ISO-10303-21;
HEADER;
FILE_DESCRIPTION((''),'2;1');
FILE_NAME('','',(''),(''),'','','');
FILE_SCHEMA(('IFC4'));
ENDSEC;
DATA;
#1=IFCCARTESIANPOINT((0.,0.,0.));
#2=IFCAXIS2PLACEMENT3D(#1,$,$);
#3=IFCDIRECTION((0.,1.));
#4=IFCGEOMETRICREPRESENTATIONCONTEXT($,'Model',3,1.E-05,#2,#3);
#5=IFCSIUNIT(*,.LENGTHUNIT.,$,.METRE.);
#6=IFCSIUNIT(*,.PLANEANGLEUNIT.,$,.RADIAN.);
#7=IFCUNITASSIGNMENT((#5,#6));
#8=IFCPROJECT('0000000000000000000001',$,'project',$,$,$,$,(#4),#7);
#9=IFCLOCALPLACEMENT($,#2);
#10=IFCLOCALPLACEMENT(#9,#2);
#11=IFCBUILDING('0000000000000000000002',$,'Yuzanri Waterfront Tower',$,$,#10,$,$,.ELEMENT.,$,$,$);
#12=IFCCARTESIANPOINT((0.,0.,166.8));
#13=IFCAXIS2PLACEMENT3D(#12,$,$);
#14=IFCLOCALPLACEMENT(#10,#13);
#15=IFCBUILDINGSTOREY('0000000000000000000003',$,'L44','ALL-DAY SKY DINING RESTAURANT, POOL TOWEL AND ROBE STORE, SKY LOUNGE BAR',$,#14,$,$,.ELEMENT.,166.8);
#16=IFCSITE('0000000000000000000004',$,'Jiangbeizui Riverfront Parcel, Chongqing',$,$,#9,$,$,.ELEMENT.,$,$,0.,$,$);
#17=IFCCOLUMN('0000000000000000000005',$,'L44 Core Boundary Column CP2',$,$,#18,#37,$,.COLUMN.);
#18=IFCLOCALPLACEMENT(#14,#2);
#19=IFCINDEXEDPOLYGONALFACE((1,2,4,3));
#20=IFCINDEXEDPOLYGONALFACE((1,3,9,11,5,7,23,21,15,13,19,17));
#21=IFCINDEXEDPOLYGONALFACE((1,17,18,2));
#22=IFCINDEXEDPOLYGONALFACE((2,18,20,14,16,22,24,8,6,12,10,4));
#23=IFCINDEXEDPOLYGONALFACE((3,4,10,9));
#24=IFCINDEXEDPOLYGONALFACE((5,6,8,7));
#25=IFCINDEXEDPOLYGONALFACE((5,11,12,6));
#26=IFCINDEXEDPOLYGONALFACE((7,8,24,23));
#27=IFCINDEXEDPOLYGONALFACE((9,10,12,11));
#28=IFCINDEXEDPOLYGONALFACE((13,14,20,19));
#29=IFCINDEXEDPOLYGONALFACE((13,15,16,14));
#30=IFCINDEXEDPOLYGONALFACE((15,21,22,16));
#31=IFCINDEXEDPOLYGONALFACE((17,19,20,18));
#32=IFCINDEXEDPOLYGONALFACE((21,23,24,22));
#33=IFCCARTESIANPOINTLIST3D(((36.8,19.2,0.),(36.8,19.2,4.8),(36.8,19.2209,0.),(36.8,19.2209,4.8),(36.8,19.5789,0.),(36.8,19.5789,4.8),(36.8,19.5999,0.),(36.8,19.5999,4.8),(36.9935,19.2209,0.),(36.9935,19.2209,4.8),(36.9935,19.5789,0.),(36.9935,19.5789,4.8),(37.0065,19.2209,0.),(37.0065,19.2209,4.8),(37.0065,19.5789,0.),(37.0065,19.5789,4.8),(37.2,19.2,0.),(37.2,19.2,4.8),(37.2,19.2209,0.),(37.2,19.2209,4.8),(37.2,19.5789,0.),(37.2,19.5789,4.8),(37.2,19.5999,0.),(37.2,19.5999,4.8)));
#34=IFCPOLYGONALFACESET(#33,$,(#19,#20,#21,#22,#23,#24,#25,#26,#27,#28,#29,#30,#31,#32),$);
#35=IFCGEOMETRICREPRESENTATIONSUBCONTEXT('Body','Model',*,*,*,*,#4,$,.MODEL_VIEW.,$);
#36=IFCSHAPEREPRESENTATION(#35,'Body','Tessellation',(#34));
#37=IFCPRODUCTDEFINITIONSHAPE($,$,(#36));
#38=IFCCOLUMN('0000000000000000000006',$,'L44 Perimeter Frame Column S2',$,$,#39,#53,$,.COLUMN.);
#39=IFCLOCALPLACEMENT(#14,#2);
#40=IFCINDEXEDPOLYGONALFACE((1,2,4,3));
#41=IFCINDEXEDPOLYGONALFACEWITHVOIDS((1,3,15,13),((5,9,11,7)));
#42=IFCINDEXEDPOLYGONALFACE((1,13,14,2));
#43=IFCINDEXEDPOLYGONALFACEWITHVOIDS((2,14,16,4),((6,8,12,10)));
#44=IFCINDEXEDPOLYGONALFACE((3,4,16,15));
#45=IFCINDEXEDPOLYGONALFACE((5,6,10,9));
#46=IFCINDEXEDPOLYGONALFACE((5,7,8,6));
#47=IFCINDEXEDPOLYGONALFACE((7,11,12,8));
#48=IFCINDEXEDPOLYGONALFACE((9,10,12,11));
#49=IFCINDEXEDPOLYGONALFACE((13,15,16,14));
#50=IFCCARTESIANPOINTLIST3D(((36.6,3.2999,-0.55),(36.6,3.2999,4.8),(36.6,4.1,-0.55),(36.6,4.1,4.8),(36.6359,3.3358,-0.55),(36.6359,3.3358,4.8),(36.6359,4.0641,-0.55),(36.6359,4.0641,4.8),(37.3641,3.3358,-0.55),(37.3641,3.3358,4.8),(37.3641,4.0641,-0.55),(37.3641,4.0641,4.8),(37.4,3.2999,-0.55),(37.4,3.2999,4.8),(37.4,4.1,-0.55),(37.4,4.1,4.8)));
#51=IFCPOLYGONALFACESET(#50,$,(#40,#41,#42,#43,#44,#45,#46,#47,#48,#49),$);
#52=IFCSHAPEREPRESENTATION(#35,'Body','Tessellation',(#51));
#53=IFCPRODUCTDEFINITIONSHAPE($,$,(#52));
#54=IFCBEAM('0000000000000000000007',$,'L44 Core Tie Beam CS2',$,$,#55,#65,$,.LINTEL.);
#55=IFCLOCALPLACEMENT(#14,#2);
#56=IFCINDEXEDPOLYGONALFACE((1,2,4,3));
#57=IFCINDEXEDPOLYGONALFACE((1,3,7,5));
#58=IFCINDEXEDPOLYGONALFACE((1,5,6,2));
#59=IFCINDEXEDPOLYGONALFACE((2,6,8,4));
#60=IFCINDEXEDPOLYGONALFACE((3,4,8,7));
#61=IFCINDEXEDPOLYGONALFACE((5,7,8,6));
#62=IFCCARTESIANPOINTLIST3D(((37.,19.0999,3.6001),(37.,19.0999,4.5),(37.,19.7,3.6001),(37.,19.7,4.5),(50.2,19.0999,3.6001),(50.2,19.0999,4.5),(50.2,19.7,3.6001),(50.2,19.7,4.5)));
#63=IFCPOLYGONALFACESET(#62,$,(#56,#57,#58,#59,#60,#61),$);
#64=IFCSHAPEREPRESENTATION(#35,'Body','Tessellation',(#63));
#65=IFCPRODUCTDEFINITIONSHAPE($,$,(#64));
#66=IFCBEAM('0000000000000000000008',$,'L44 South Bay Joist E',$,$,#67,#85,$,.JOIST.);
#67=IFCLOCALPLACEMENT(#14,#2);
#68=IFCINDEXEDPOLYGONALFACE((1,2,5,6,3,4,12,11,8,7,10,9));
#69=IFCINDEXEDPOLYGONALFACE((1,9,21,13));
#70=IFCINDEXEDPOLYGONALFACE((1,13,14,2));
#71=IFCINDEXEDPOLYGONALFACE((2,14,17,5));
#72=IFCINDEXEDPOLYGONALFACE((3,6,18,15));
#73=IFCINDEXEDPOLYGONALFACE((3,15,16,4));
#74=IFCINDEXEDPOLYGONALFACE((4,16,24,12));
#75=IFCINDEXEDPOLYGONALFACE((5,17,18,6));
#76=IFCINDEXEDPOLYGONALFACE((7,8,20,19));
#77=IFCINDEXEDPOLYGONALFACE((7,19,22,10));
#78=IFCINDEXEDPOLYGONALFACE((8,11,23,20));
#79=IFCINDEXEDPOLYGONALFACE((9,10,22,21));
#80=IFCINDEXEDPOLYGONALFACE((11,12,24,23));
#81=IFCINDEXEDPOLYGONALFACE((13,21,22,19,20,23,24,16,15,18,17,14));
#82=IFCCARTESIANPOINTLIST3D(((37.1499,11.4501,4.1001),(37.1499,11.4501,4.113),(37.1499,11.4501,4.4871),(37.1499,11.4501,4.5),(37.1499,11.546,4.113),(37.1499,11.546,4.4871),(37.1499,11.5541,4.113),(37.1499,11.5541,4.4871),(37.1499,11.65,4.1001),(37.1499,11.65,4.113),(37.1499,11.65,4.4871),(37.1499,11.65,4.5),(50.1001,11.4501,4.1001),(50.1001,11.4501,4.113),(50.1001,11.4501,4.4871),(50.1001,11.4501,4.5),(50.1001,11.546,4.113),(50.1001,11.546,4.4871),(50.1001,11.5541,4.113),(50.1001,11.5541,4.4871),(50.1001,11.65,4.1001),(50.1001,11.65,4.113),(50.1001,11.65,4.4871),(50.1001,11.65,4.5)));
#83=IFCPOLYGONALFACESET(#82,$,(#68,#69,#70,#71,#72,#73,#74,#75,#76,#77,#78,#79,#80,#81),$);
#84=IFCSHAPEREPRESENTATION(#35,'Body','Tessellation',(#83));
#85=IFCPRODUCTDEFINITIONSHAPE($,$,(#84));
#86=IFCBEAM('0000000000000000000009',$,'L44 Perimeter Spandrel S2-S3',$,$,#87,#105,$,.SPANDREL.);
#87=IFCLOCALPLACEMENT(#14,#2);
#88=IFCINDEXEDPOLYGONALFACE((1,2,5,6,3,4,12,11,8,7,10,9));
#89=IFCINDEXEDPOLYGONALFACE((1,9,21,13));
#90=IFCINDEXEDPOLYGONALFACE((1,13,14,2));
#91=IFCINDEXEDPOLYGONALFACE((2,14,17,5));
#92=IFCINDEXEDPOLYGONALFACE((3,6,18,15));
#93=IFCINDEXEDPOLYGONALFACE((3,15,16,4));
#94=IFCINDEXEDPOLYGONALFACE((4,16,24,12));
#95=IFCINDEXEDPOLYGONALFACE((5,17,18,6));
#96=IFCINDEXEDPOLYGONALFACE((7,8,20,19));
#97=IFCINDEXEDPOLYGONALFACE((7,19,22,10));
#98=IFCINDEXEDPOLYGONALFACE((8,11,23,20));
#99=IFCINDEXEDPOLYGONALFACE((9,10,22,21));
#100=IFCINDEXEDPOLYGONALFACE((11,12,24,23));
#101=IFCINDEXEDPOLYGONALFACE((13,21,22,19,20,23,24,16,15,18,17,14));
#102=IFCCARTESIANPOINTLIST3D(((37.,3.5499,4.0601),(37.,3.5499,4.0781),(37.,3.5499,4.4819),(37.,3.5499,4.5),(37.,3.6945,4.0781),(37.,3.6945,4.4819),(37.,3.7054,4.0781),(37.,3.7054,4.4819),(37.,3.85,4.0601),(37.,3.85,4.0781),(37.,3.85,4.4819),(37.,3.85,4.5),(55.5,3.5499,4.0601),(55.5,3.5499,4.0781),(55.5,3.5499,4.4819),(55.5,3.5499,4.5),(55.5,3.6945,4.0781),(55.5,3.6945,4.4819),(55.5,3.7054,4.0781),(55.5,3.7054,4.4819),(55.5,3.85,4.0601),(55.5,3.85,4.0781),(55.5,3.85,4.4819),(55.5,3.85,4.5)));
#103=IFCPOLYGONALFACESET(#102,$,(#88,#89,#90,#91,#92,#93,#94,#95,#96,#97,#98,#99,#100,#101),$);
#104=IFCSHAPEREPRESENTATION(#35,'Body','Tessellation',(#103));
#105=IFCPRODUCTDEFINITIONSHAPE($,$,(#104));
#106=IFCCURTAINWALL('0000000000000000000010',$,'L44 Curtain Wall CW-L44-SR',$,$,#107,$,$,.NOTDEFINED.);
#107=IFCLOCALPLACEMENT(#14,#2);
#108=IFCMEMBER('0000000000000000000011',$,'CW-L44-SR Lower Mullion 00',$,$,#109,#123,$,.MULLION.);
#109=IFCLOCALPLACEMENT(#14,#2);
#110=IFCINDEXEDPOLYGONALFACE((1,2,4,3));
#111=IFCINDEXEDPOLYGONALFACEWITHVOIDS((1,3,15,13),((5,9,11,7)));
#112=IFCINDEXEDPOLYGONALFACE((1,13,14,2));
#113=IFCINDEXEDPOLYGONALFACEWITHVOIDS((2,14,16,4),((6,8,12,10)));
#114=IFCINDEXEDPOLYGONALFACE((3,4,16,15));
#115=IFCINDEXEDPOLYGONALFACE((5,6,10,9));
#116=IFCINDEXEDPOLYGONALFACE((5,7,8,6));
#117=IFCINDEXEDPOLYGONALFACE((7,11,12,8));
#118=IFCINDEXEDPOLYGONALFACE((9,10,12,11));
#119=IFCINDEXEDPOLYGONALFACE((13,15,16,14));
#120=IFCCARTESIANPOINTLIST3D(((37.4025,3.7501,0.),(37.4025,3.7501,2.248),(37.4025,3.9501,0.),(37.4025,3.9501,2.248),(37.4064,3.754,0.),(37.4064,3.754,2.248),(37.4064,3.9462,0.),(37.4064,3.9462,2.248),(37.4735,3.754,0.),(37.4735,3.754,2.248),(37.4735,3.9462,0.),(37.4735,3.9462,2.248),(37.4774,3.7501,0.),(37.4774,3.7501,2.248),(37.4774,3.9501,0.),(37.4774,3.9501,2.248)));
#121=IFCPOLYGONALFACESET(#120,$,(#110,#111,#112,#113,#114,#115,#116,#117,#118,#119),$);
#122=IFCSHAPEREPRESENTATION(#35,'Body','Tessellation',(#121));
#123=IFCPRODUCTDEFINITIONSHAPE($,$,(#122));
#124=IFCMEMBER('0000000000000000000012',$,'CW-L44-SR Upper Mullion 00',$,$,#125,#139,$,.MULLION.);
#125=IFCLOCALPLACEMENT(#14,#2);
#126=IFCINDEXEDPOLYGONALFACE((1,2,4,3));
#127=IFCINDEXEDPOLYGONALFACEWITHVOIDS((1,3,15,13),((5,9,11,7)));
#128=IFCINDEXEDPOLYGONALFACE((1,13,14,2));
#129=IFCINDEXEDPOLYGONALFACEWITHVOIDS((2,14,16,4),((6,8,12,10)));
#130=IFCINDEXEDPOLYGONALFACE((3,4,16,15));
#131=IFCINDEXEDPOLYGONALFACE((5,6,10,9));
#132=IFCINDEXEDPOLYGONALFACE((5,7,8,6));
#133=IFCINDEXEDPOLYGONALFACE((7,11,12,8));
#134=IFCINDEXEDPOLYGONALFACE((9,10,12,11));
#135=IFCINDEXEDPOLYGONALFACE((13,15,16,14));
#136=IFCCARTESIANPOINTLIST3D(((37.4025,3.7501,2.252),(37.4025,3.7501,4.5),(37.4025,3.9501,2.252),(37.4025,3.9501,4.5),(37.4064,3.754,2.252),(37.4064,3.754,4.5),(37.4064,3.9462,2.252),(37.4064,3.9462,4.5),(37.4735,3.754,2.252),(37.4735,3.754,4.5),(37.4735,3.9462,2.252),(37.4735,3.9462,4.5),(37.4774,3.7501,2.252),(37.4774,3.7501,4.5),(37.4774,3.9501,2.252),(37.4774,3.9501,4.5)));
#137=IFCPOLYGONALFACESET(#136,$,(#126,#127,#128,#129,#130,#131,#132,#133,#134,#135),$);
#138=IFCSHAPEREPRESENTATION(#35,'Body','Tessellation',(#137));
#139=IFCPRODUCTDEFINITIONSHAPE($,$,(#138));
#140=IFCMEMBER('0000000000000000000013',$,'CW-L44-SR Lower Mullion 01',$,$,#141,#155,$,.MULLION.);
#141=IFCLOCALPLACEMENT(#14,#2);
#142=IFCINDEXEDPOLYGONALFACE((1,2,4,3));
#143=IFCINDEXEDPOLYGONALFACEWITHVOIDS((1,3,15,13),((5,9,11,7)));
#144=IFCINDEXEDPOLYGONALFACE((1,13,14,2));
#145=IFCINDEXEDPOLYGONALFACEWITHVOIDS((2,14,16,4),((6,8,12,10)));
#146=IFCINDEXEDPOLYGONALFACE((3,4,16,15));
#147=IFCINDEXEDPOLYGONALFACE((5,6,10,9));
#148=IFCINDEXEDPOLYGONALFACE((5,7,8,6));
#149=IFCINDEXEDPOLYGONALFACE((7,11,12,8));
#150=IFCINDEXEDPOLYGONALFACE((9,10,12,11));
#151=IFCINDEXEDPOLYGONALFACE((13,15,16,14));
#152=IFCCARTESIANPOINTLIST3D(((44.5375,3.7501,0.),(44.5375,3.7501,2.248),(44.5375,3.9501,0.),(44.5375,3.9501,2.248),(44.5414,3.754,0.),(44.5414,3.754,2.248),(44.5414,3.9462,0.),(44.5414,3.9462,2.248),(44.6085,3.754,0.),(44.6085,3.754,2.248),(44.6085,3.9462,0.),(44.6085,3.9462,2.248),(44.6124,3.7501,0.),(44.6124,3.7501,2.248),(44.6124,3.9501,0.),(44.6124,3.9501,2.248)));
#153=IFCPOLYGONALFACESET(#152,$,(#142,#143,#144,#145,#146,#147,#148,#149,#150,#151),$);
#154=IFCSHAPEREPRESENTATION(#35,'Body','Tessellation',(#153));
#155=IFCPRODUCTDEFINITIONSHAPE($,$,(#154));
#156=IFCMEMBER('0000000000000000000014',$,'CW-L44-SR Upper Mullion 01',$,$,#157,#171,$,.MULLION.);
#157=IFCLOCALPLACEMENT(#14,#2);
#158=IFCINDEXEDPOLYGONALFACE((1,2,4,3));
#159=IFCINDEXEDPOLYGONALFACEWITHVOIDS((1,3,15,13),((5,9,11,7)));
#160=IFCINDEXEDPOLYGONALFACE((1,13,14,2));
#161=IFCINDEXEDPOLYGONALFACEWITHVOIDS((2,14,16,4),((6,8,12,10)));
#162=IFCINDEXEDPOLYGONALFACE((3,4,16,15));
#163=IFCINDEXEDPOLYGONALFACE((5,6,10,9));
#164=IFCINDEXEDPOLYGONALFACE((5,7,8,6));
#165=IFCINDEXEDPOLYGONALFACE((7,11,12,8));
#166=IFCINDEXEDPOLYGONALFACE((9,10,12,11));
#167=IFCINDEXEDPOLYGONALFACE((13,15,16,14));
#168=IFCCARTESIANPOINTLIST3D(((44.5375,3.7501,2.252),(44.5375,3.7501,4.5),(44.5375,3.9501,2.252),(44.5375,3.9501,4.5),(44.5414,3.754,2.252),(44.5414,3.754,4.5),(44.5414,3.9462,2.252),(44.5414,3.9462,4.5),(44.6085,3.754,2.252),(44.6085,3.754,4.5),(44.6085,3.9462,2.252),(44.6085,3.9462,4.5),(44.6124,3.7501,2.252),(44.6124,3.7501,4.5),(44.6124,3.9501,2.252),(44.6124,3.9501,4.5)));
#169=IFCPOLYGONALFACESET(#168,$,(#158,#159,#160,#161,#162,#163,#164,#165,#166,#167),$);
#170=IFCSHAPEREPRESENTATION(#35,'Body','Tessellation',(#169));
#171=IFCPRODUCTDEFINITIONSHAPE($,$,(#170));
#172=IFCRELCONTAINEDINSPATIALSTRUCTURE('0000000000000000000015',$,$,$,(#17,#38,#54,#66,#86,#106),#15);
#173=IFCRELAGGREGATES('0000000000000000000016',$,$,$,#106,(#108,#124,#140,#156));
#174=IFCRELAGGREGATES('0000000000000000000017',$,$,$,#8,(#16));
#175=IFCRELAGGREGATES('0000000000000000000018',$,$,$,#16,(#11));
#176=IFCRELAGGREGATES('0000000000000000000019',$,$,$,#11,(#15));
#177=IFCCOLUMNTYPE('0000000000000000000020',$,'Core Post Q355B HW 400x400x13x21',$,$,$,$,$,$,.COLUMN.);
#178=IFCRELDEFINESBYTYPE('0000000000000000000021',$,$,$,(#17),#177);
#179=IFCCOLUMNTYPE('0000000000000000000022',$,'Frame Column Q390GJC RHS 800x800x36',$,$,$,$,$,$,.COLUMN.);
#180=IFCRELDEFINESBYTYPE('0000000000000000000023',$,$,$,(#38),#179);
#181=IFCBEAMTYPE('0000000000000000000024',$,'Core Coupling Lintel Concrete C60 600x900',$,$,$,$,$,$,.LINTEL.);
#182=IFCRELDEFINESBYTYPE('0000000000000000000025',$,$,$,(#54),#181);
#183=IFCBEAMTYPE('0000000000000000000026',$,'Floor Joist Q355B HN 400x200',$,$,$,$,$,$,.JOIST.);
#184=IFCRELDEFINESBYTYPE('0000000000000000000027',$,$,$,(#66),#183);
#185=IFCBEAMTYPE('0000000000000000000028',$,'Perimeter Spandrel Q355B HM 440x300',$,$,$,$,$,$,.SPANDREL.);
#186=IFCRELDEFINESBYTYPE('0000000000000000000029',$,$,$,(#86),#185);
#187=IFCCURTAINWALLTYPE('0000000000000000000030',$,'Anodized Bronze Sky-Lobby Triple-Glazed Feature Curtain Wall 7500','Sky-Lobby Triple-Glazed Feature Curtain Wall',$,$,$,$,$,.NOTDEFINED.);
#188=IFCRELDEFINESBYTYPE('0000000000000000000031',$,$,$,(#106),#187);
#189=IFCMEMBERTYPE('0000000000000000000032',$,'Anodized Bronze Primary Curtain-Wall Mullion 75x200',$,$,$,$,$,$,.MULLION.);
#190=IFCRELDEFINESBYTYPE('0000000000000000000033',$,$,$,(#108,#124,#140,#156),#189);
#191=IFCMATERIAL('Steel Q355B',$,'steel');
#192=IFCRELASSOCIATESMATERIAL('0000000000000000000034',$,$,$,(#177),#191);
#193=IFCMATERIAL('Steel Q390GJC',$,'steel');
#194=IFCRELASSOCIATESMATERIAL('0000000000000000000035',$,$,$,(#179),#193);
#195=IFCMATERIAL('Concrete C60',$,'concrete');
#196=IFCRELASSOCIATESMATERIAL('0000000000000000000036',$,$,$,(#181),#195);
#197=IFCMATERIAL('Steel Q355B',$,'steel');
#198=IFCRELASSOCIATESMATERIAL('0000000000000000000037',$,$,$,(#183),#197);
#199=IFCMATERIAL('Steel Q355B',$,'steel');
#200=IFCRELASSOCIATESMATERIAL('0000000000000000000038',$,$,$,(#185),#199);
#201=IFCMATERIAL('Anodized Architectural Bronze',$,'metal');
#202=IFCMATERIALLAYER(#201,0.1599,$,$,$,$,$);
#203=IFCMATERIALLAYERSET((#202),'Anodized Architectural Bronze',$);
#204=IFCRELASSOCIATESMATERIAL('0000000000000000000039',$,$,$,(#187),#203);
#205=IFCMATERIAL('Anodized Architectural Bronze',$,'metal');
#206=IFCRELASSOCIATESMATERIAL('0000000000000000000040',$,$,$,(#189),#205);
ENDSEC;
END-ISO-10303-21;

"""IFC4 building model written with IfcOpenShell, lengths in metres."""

from ifc_helpers import new_model, si_unit, direction, frame, origin, origin_2d, place, context, subcontext, project, spatial, rectangle, hollow_rectangle, i_section, extrude, source, transform, mapped, material, layer, layer_set, material_profile, profile_set, type_object, element, aggregate, save


model = new_model("IFC4")

# Units and contexts
model_context = context("Model", 3, precision=1e-05, world=origin(), true_north=direction((0.0, 1.0)))
body_context = subcontext(model_context, "Body", "Model", "MODEL_VIEW")
ifc_project = project(units=[si_unit("LENGTHUNIT", "METRE"), si_unit("PLANEANGLEUNIT", "RADIAN")], contexts=[model_context])

# Site, building, storey
site_placement = place(None, origin())
site = spatial("IfcSite", under=ifc_project, at=site_placement, Name="Jiangbeizui Riverfront Parcel, Chongqing", CompositionType="ELEMENT", RefElevation=0.0)
building_placement = place(site_placement, origin())
building = spatial("IfcBuilding", under=site, at=building_placement, Name="Yuzanri Waterfront Tower", CompositionType="ELEMENT")
storey_placement = place(building_placement, frame((0.0, 0.0, 166.8)))
storey = spatial("IfcBuildingStorey", under=building, at=storey_placement, Name="L44", Description="ALL-DAY SKY DINING RESTAURANT, POOL TOWEL AND ROBE STORE, SKY LOUNGE BAR", CompositionType="ELEMENT", Elevation=166.8)

# Columns
ifc_material_1 = material(Name="Steel Q355B", Category="steel")
ifc_material_profile_1 = material_profile(ifc_material_1, i_section(OverallWidth=0.3999, OverallDepth=0.3999, WebThickness=0.0129, FlangeThickness=0.021, at=origin_2d()), Name="HW 400x400x13x21")
ifc_profile_set_1 = profile_set([ifc_material_profile_1], Name="Steel Q355B")
column_type_1 = type_object("IfcColumnType", Name="Core Post Q355B HW 400x400x13x21", PredefinedType="COLUMN", material=ifc_profile_set_1)
shared_shape_1 = source(origin(), body_context, "Body", "SweptSolid", [
    extrude(i_section(OverallWidth=0.3999, OverallDepth=0.3999, WebThickness=0.0129, FlangeThickness=0.021, at=origin_2d()), origin(), (0.0, 0.0, 1.0), 4.8),
])
column_1_placement = place(storey_placement, frame((37.0, 19.3999, 0.0), z_axis=(0.0, 0.0, 1.0), x_axis=(1.0, 0.0, 0.0)))
element("IfcColumn", 1, at=column_1_placement, inside=storey, type_object=column_type_1, Name="L44 Core Boundary Column CP2", PredefinedType="COLUMN", context=body_context, shape_type="MappedRepresentation", body=[
    mapped(shared_shape_1, transform((0.0, 0.0, 0.0), scale=1.0)),
])
ifc_material_2 = material(Name="Steel Q390GJC", Category="steel")
ifc_material_profile_2 = material_profile(ifc_material_2, hollow_rectangle(XDim=0.8, YDim=0.8, WallThickness=0.0359, at=origin_2d()), Name="RHS 800x800x36")
ifc_profile_set_2 = profile_set([ifc_material_profile_2], Name="Steel Q390GJC")
column_type_2 = type_object("IfcColumnType", Name="Frame Column Q390GJC RHS 800x800x36", PredefinedType="COLUMN", material=ifc_profile_set_2)
shared_shape_2 = source(origin(), body_context, "Body", "SweptSolid", [
    extrude(hollow_rectangle(XDim=0.8, YDim=0.8, WallThickness=0.0359, at=origin_2d()), origin(), (0.0, 0.0, 1.0), 5.3501),
])
column_2_placement = place(storey_placement, frame((37.0, 3.7, -0.55), z_axis=(0.0, 0.0, 1.0), x_axis=(1.0, 0.0, 0.0)))
element("IfcColumn", 2, at=column_2_placement, inside=storey, type_object=column_type_2, Name="L44 Perimeter Frame Column S2", PredefinedType="COLUMN", context=body_context, shape_type="MappedRepresentation", body=[
    mapped(shared_shape_2, transform((0.0, 0.0, 0.0), scale=1.0)),
])

# Beams
ifc_material_3 = material(Name="Concrete C60", Category="concrete")
ifc_material_profile_3 = material_profile(ifc_material_3, rectangle(XDim=0.6001, YDim=0.8999, at=origin_2d()), Name="RC 600x900")
ifc_profile_set_3 = profile_set([ifc_material_profile_3], Name="Concrete C60")
beam_type_1 = type_object("IfcBeamType", Name="Core Coupling Lintel Concrete C60 600x900", PredefinedType="LINTEL", material=ifc_profile_set_3)
shared_shape_3 = source(origin(), body_context, "Body", "SweptSolid", [
    extrude(rectangle(XDim=0.6001, YDim=0.8999, at=origin_2d()), origin(), (0.0, 0.0, 1.0), 13.2),
])
beam_1_placement = place(storey_placement, frame((37.0, 19.3999, 4.05), z_axis=(1.0, 0.0, 0.0), x_axis=(0.0, 1.0, 0.0)))
element("IfcBeam", 3, at=beam_1_placement, inside=storey, type_object=beam_type_1, Name="L44 Core Tie Beam CS2", PredefinedType="LINTEL", context=body_context, shape_type="MappedRepresentation", body=[
    mapped(shared_shape_3, transform((0.0, 0.0, 0.0), scale=1.0)),
])
ifc_material_4 = material(Name="Steel Q355B", Category="steel")
ifc_material_profile_4 = material_profile(ifc_material_4, i_section(OverallWidth=0.2, OverallDepth=0.3999, WebThickness=0.0081, FlangeThickness=0.0129, at=origin_2d()), Name="HN 400x200x8x13")
ifc_profile_set_4 = profile_set([ifc_material_profile_4], Name="Steel Q355B")
beam_type_2 = type_object("IfcBeamType", Name="Floor Joist Q355B HN 400x200", PredefinedType="JOIST", material=ifc_profile_set_4)
shared_shape_4 = source(origin(), body_context, "Body", "SweptSolid", [
    extrude(i_section(OverallWidth=0.2, OverallDepth=0.3999, WebThickness=0.0081, FlangeThickness=0.0129, at=origin_2d()), origin(), (0.0, 0.0, 1.0), 12.9502),
])
beam_2_placement = place(storey_placement, frame((37.1499, 11.55, 4.3), z_axis=(1.0, 0.0, 0.0), x_axis=(0.0, 1.0, 0.0)))
element("IfcBeam", 4, at=beam_2_placement, inside=storey, type_object=beam_type_2, Name="L44 South Bay Joist E", PredefinedType="JOIST", context=body_context, shape_type="MappedRepresentation", body=[
    mapped(shared_shape_4, transform((0.0, 0.0, 0.0), scale=1.0)),
])
ifc_material_5 = material(Name="Steel Q355B", Category="steel")
ifc_material_profile_5 = material_profile(ifc_material_5, i_section(OverallWidth=0.3, OverallDepth=0.4399, WebThickness=0.011, FlangeThickness=0.0181, at=origin_2d()), Name="HM 440x300x11x18")
ifc_profile_set_5 = profile_set([ifc_material_profile_5], Name="Steel Q355B")
beam_type_3 = type_object("IfcBeamType", Name="Perimeter Spandrel Q355B HM 440x300", PredefinedType="SPANDREL", material=ifc_profile_set_5)
shared_shape_5 = source(origin(), body_context, "Body", "SweptSolid", [
    extrude(i_section(OverallWidth=0.3, OverallDepth=0.4399, WebThickness=0.011, FlangeThickness=0.0181, at=origin_2d()), origin(), (0.0, 0.0, 1.0), 18.5),
])
beam_3_placement = place(storey_placement, frame((37.0, 3.7, 4.28), z_axis=(1.0, 0.0, 0.0), x_axis=(0.0, 1.0, 0.0)))
element("IfcBeam", 5, at=beam_3_placement, inside=storey, type_object=beam_type_3, Name="L44 Perimeter Spandrel S2-S3", PredefinedType="SPANDREL", context=body_context, shape_type="MappedRepresentation", body=[
    mapped(shared_shape_5, transform((0.0, 0.0, 0.0), scale=1.0)),
])

# Curtain wall, members
ifc_material_6 = material(Name="Anodized Architectural Bronze", Category="metal")
ifc_layer_1 = layer(ifc_material_6, 0.1599)
ifc_layer_set_1 = layer_set([ifc_layer_1], Name="Anodized Architectural Bronze")
curtain_wall_type = type_object("IfcCurtainWallType", Name="Anodized Bronze Sky-Lobby Triple-Glazed Feature Curtain Wall 7500", Description="Sky-Lobby Triple-Glazed Feature Curtain Wall", PredefinedType="NOTDEFINED", material=ifc_layer_set_1)
curtain_wall_placement = place(storey_placement, origin())
curtain_wall = element("IfcCurtainWall", 6, at=curtain_wall_placement, inside=storey, type_object=curtain_wall_type, Name="L44 Curtain Wall CW-L44-SR", PredefinedType="NOTDEFINED")
ifc_material_7 = material(Name="Anodized Architectural Bronze", Category="metal")
ifc_material_profile_6 = material_profile(ifc_material_7, hollow_rectangle(XDim=0.075, YDim=0.2, WallThickness=0.0039, at=origin_2d()), Name="CWM 75x200")
ifc_profile_set_6 = profile_set([ifc_material_profile_6], Name="Anodized Architectural Bronze")
member_type_1 = type_object("IfcMemberType", Name="Anodized Bronze Primary Curtain-Wall Mullion 75x200", PredefinedType="MULLION", material=ifc_profile_set_6)
shared_shape_6 = source(origin(), body_context, "Body", "SweptSolid", [
    extrude(hollow_rectangle(XDim=0.075, YDim=0.2, WallThickness=0.0039, at=origin_2d()), origin(), (0.0, 0.0, 1.0), 2.248),
])
member_1_placement = place(storey_placement, frame((37.4399, 3.8501, 0.0), z_axis=(0.0, 0.0, 1.0), x_axis=(1.0, 0.0, 0.0)))
member_1 = element("IfcMember", 7, at=member_1_placement, type_object=member_type_1, Name="CW-L44-SR Lower Mullion 00", PredefinedType="MULLION", context=body_context, shape_type="MappedRepresentation", body=[
    mapped(shared_shape_6, transform((0.0, 0.0, 0.0), scale=1.0)),
])
member_2_placement = place(storey_placement, frame((37.4399, 3.8501, 2.252), z_axis=(0.0, 0.0, 1.0), x_axis=(1.0, 0.0, 0.0)))
member_2 = element("IfcMember", 8, at=member_2_placement, type_object=member_type_1, Name="CW-L44-SR Upper Mullion 00", PredefinedType="MULLION", context=body_context, shape_type="MappedRepresentation", body=[
    mapped(shared_shape_6, transform((0.0, 0.0, 0.0), scale=1.0)),
])
member_3_placement = place(storey_placement, frame((44.575, 3.8501, 0.0), z_axis=(0.0, 0.0, 1.0), x_axis=(1.0, 0.0, 0.0)))
member_3 = element("IfcMember", 9, at=member_3_placement, type_object=member_type_1, Name="CW-L44-SR Lower Mullion 01", PredefinedType="MULLION", context=body_context, shape_type="MappedRepresentation", body=[
    mapped(shared_shape_6, transform((0.0, 0.0, 0.0), scale=1.0)),
])
member_4_placement = place(storey_placement, frame((44.575, 3.8501, 2.252), z_axis=(0.0, 0.0, 1.0), x_axis=(1.0, 0.0, 0.0)))
member_4 = element("IfcMember", 10, at=member_4_placement, type_object=member_type_1, Name="CW-L44-SR Upper Mullion 01", PredefinedType="MULLION", context=body_context, shape_type="MappedRepresentation", body=[
    mapped(shared_shape_6, transform((0.0, 0.0, 0.0), scale=1.0)),
])

aggregate(curtain_wall, [member_1, member_2, member_3, member_4])

save(model, "model.ifc")
